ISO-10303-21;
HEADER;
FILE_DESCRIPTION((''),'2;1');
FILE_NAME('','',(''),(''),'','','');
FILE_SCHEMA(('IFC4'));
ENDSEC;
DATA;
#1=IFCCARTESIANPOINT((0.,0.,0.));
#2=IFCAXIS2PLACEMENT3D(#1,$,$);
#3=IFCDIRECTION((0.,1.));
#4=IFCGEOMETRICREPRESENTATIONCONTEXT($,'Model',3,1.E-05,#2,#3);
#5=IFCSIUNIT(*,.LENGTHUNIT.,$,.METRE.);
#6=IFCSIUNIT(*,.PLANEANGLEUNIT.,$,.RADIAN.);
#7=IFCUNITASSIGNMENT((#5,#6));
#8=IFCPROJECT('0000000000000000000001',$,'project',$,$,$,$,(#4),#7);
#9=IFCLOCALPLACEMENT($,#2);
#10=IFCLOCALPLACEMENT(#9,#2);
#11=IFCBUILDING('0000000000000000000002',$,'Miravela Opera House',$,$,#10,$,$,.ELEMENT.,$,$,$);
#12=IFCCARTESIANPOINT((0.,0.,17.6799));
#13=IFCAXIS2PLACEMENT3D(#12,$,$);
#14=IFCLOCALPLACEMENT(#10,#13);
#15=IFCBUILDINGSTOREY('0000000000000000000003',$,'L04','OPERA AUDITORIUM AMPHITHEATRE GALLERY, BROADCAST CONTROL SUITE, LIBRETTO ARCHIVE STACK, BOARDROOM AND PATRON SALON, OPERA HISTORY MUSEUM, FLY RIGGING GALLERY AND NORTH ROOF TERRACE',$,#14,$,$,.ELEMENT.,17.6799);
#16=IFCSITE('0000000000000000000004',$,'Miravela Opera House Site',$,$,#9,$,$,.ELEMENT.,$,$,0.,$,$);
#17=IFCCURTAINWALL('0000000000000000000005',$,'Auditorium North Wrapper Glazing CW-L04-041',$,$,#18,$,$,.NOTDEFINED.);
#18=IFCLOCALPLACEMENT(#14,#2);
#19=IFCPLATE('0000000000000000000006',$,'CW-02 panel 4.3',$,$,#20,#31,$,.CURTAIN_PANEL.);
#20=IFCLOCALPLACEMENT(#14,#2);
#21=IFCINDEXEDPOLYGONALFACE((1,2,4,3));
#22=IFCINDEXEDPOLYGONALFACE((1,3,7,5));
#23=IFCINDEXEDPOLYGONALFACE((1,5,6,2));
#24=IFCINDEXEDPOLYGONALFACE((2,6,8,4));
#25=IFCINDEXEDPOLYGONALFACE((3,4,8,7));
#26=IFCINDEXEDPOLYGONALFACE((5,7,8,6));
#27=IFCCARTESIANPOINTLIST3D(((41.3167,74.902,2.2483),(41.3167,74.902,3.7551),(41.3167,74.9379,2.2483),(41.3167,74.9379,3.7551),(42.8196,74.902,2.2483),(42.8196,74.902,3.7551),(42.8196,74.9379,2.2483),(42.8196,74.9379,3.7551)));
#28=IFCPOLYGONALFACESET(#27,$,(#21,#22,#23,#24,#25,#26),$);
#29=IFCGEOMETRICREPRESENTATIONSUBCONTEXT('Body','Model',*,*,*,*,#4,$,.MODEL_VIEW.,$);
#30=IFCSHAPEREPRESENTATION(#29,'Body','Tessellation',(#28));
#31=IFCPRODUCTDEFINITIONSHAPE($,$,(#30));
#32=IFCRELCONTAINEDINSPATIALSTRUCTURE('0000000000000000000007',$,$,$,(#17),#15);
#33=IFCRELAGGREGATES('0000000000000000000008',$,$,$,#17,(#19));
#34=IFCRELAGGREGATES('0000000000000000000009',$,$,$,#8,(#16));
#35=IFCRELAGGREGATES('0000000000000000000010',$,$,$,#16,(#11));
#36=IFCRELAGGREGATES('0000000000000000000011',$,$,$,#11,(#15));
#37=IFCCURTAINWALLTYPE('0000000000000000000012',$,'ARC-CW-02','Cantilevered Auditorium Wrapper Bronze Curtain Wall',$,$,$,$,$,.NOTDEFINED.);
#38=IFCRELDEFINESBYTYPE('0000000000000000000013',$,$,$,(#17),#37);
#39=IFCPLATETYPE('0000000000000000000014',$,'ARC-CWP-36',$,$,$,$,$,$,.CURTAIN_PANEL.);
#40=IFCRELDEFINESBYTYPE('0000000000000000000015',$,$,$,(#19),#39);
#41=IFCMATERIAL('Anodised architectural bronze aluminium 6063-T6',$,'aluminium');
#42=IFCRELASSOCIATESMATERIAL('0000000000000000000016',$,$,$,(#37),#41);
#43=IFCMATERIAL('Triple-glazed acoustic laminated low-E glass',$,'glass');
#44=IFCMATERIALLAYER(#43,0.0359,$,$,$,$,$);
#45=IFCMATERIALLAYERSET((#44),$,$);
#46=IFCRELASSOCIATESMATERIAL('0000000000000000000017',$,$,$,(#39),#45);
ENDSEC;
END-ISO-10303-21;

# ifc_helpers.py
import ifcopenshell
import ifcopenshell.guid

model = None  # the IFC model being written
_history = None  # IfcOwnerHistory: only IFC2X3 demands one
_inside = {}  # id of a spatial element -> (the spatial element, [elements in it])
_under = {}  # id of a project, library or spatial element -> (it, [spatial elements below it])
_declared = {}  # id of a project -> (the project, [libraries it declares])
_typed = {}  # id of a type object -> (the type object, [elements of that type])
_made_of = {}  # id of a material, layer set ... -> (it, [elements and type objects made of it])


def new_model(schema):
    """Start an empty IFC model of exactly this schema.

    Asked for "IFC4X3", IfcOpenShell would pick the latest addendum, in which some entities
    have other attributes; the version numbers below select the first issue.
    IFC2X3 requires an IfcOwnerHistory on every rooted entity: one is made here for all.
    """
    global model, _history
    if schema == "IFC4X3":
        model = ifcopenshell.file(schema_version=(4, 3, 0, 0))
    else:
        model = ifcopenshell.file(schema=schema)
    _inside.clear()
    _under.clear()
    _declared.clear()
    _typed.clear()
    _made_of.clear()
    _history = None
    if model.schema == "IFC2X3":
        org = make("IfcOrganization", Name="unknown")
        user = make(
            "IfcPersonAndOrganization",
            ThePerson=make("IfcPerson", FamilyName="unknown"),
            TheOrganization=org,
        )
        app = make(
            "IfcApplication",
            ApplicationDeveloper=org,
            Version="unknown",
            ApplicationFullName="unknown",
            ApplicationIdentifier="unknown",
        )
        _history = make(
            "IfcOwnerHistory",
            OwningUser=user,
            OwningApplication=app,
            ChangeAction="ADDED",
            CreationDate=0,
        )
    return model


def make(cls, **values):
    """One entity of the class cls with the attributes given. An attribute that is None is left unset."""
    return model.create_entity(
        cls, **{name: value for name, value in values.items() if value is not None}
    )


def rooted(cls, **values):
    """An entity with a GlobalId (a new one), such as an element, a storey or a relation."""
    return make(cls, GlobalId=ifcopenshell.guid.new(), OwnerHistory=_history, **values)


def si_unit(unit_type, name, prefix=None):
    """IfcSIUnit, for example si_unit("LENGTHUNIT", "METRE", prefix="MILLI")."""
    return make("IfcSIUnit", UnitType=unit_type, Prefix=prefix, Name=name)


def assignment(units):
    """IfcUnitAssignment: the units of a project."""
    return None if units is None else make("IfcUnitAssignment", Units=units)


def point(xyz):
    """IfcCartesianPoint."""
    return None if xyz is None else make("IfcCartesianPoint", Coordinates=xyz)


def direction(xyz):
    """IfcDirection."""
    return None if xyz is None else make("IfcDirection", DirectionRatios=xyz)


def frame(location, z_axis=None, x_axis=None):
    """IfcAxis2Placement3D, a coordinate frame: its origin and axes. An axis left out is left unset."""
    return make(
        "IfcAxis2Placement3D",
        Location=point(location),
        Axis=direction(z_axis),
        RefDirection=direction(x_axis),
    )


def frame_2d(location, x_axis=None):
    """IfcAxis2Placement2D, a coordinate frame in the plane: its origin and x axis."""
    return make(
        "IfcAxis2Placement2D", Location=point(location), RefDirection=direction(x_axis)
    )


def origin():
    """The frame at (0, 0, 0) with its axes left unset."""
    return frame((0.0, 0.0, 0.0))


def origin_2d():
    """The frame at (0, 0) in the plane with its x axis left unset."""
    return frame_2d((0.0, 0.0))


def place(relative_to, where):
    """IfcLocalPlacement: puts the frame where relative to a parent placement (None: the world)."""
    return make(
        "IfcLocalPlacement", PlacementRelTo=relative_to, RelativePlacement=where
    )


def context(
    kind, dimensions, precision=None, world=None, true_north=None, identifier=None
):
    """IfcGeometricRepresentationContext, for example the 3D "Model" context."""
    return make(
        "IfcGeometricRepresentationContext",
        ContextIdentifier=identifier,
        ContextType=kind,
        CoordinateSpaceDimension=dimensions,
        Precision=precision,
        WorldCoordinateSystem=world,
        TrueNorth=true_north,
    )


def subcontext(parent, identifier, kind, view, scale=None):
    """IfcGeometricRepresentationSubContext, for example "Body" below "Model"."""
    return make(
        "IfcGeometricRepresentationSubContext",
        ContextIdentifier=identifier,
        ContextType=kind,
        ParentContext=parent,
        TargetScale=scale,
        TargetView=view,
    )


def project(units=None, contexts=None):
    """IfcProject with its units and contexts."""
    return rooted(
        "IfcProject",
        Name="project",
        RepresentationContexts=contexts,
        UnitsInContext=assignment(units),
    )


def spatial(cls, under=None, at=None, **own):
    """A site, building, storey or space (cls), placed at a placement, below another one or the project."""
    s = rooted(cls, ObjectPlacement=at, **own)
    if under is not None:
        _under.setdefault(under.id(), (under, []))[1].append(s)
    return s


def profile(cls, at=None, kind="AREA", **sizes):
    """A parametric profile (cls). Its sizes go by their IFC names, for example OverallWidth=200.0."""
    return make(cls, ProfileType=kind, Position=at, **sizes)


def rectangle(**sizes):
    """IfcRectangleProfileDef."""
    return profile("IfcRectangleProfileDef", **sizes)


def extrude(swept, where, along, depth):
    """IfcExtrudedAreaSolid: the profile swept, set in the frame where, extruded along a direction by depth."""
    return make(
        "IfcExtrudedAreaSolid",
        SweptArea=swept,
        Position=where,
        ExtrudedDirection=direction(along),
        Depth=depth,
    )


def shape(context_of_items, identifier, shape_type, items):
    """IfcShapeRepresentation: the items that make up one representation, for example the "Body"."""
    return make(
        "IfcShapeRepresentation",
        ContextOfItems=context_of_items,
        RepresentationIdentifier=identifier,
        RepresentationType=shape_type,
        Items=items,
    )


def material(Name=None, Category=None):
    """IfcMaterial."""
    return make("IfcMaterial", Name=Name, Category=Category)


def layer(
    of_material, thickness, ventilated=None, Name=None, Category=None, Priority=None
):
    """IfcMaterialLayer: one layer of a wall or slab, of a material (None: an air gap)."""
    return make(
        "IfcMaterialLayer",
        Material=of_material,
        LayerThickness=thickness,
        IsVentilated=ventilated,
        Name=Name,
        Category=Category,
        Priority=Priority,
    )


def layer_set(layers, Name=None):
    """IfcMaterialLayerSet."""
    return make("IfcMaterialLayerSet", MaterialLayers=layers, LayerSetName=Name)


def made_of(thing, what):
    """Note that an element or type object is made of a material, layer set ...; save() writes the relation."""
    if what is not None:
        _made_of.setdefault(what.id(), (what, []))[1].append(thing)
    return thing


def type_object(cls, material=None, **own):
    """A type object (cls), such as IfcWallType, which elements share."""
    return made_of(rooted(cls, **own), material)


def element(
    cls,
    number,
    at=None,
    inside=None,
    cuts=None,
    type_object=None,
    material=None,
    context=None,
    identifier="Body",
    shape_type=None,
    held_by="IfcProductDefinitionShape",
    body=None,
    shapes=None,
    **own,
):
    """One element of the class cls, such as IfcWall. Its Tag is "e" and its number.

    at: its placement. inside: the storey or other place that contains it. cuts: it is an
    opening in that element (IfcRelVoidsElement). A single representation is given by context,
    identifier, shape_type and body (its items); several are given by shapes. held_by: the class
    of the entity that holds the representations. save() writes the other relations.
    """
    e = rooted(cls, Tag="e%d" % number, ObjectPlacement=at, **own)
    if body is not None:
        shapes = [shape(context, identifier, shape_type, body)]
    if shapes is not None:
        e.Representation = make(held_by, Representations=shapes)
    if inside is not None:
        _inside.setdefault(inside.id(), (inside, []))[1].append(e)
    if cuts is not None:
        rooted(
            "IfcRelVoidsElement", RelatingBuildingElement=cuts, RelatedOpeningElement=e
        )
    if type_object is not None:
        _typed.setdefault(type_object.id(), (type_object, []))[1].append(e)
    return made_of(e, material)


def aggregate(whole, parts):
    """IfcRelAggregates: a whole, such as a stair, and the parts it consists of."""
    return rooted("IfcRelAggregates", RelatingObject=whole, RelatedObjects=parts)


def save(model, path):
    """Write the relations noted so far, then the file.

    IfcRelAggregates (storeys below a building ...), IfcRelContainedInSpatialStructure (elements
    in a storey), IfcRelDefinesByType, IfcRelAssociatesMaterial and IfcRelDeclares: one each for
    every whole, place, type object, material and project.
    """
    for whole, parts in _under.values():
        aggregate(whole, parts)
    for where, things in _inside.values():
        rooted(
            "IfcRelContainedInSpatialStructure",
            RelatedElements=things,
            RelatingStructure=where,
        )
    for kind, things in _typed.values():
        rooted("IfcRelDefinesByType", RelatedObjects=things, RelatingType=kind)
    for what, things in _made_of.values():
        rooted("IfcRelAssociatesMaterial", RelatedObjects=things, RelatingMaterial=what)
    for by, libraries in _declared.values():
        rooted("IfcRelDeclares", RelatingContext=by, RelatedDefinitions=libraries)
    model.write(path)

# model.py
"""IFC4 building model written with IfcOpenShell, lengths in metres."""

from ifc_helpers import new_model, si_unit, direction, frame, origin, origin_2d, place, context, subcontext, project, spatial, rectangle, extrude, material, layer, layer_set, type_object, element, aggregate, save


model = new_model("IFC4")

# Units and contexts
model_context = context("Model", 3, precision=1e-05, world=origin(), true_north=direction((0.0, 1.0)))
body_context = subcontext(model_context, "Body", "Model", "MODEL_VIEW")
ifc_project = project(units=[si_unit("LENGTHUNIT", "METRE"), si_unit("PLANEANGLEUNIT", "RADIAN")], contexts=[model_context])

# Site, building, storey
site_placement = place(None, origin())
site = spatial("IfcSite", under=ifc_project, at=site_placement, Name="Miravela Opera House Site", CompositionType="ELEMENT", RefElevation=0.0)
building_placement = place(site_placement, origin())
building = spatial("IfcBuilding", under=site, at=building_placement, Name="Miravela Opera House", CompositionType="ELEMENT")
storey_placement = place(building_placement, frame((0.0, 0.0, 17.6799)))
storey = spatial("IfcBuildingStorey", under=building, at=storey_placement, Name="L04", Description="OPERA AUDITORIUM AMPHITHEATRE GALLERY, BROADCAST CONTROL SUITE, LIBRETTO ARCHIVE STACK, BOARDROOM AND PATRON SALON, OPERA HISTORY MUSEUM, FLY RIGGING GALLERY AND NORTH ROOF TERRACE", CompositionType="ELEMENT", Elevation=17.6799)

# Curtain wall, plate
ifc_material_1 = material(Name="Anodised architectural bronze aluminium 6063-T6", Category="aluminium")
curtain_wall_type = type_object("IfcCurtainWallType", Name="ARC-CW-02", Description="Cantilevered Auditorium Wrapper Bronze Curtain Wall", PredefinedType="NOTDEFINED", material=ifc_material_1)
curtain_wall_placement = place(storey_placement, origin())
curtain_wall = element("IfcCurtainWall", 1, at=curtain_wall_placement, inside=storey, type_object=curtain_wall_type, Name="Auditorium North Wrapper Glazing CW-L04-041", PredefinedType="NOTDEFINED")
ifc_material_2 = material(Name="Triple-glazed acoustic laminated low-E glass", Category="glass")
ifc_layer = layer(ifc_material_2, 0.0359)
ifc_layer_set = layer_set([ifc_layer])
plate_type = type_object("IfcPlateType", Name="ARC-CWP-36", PredefinedType="CURTAIN_PANEL", material=ifc_layer_set)
plate_1_placement = place(storey_placement, frame((42.0681, 74.9199, 2.2483), z_axis=(0.0, 0.0, 1.0), x_axis=(1.0, 0.0, 0.0)))
plate_1 = element("IfcPlate", 2, at=plate_1_placement, type_object=plate_type, Name="CW-02 panel 4.3", PredefinedType="CURTAIN_PANEL", context=body_context, shape_type="SweptSolid", body=[
    extrude(rectangle(XDim=1.5029, YDim=0.0359, at=origin_2d()), origin(), (0.0, 0.0, 1.0), 1.5068),
])
aggregate(curtain_wall, [plate_1])

save(model, "model.ifc")
